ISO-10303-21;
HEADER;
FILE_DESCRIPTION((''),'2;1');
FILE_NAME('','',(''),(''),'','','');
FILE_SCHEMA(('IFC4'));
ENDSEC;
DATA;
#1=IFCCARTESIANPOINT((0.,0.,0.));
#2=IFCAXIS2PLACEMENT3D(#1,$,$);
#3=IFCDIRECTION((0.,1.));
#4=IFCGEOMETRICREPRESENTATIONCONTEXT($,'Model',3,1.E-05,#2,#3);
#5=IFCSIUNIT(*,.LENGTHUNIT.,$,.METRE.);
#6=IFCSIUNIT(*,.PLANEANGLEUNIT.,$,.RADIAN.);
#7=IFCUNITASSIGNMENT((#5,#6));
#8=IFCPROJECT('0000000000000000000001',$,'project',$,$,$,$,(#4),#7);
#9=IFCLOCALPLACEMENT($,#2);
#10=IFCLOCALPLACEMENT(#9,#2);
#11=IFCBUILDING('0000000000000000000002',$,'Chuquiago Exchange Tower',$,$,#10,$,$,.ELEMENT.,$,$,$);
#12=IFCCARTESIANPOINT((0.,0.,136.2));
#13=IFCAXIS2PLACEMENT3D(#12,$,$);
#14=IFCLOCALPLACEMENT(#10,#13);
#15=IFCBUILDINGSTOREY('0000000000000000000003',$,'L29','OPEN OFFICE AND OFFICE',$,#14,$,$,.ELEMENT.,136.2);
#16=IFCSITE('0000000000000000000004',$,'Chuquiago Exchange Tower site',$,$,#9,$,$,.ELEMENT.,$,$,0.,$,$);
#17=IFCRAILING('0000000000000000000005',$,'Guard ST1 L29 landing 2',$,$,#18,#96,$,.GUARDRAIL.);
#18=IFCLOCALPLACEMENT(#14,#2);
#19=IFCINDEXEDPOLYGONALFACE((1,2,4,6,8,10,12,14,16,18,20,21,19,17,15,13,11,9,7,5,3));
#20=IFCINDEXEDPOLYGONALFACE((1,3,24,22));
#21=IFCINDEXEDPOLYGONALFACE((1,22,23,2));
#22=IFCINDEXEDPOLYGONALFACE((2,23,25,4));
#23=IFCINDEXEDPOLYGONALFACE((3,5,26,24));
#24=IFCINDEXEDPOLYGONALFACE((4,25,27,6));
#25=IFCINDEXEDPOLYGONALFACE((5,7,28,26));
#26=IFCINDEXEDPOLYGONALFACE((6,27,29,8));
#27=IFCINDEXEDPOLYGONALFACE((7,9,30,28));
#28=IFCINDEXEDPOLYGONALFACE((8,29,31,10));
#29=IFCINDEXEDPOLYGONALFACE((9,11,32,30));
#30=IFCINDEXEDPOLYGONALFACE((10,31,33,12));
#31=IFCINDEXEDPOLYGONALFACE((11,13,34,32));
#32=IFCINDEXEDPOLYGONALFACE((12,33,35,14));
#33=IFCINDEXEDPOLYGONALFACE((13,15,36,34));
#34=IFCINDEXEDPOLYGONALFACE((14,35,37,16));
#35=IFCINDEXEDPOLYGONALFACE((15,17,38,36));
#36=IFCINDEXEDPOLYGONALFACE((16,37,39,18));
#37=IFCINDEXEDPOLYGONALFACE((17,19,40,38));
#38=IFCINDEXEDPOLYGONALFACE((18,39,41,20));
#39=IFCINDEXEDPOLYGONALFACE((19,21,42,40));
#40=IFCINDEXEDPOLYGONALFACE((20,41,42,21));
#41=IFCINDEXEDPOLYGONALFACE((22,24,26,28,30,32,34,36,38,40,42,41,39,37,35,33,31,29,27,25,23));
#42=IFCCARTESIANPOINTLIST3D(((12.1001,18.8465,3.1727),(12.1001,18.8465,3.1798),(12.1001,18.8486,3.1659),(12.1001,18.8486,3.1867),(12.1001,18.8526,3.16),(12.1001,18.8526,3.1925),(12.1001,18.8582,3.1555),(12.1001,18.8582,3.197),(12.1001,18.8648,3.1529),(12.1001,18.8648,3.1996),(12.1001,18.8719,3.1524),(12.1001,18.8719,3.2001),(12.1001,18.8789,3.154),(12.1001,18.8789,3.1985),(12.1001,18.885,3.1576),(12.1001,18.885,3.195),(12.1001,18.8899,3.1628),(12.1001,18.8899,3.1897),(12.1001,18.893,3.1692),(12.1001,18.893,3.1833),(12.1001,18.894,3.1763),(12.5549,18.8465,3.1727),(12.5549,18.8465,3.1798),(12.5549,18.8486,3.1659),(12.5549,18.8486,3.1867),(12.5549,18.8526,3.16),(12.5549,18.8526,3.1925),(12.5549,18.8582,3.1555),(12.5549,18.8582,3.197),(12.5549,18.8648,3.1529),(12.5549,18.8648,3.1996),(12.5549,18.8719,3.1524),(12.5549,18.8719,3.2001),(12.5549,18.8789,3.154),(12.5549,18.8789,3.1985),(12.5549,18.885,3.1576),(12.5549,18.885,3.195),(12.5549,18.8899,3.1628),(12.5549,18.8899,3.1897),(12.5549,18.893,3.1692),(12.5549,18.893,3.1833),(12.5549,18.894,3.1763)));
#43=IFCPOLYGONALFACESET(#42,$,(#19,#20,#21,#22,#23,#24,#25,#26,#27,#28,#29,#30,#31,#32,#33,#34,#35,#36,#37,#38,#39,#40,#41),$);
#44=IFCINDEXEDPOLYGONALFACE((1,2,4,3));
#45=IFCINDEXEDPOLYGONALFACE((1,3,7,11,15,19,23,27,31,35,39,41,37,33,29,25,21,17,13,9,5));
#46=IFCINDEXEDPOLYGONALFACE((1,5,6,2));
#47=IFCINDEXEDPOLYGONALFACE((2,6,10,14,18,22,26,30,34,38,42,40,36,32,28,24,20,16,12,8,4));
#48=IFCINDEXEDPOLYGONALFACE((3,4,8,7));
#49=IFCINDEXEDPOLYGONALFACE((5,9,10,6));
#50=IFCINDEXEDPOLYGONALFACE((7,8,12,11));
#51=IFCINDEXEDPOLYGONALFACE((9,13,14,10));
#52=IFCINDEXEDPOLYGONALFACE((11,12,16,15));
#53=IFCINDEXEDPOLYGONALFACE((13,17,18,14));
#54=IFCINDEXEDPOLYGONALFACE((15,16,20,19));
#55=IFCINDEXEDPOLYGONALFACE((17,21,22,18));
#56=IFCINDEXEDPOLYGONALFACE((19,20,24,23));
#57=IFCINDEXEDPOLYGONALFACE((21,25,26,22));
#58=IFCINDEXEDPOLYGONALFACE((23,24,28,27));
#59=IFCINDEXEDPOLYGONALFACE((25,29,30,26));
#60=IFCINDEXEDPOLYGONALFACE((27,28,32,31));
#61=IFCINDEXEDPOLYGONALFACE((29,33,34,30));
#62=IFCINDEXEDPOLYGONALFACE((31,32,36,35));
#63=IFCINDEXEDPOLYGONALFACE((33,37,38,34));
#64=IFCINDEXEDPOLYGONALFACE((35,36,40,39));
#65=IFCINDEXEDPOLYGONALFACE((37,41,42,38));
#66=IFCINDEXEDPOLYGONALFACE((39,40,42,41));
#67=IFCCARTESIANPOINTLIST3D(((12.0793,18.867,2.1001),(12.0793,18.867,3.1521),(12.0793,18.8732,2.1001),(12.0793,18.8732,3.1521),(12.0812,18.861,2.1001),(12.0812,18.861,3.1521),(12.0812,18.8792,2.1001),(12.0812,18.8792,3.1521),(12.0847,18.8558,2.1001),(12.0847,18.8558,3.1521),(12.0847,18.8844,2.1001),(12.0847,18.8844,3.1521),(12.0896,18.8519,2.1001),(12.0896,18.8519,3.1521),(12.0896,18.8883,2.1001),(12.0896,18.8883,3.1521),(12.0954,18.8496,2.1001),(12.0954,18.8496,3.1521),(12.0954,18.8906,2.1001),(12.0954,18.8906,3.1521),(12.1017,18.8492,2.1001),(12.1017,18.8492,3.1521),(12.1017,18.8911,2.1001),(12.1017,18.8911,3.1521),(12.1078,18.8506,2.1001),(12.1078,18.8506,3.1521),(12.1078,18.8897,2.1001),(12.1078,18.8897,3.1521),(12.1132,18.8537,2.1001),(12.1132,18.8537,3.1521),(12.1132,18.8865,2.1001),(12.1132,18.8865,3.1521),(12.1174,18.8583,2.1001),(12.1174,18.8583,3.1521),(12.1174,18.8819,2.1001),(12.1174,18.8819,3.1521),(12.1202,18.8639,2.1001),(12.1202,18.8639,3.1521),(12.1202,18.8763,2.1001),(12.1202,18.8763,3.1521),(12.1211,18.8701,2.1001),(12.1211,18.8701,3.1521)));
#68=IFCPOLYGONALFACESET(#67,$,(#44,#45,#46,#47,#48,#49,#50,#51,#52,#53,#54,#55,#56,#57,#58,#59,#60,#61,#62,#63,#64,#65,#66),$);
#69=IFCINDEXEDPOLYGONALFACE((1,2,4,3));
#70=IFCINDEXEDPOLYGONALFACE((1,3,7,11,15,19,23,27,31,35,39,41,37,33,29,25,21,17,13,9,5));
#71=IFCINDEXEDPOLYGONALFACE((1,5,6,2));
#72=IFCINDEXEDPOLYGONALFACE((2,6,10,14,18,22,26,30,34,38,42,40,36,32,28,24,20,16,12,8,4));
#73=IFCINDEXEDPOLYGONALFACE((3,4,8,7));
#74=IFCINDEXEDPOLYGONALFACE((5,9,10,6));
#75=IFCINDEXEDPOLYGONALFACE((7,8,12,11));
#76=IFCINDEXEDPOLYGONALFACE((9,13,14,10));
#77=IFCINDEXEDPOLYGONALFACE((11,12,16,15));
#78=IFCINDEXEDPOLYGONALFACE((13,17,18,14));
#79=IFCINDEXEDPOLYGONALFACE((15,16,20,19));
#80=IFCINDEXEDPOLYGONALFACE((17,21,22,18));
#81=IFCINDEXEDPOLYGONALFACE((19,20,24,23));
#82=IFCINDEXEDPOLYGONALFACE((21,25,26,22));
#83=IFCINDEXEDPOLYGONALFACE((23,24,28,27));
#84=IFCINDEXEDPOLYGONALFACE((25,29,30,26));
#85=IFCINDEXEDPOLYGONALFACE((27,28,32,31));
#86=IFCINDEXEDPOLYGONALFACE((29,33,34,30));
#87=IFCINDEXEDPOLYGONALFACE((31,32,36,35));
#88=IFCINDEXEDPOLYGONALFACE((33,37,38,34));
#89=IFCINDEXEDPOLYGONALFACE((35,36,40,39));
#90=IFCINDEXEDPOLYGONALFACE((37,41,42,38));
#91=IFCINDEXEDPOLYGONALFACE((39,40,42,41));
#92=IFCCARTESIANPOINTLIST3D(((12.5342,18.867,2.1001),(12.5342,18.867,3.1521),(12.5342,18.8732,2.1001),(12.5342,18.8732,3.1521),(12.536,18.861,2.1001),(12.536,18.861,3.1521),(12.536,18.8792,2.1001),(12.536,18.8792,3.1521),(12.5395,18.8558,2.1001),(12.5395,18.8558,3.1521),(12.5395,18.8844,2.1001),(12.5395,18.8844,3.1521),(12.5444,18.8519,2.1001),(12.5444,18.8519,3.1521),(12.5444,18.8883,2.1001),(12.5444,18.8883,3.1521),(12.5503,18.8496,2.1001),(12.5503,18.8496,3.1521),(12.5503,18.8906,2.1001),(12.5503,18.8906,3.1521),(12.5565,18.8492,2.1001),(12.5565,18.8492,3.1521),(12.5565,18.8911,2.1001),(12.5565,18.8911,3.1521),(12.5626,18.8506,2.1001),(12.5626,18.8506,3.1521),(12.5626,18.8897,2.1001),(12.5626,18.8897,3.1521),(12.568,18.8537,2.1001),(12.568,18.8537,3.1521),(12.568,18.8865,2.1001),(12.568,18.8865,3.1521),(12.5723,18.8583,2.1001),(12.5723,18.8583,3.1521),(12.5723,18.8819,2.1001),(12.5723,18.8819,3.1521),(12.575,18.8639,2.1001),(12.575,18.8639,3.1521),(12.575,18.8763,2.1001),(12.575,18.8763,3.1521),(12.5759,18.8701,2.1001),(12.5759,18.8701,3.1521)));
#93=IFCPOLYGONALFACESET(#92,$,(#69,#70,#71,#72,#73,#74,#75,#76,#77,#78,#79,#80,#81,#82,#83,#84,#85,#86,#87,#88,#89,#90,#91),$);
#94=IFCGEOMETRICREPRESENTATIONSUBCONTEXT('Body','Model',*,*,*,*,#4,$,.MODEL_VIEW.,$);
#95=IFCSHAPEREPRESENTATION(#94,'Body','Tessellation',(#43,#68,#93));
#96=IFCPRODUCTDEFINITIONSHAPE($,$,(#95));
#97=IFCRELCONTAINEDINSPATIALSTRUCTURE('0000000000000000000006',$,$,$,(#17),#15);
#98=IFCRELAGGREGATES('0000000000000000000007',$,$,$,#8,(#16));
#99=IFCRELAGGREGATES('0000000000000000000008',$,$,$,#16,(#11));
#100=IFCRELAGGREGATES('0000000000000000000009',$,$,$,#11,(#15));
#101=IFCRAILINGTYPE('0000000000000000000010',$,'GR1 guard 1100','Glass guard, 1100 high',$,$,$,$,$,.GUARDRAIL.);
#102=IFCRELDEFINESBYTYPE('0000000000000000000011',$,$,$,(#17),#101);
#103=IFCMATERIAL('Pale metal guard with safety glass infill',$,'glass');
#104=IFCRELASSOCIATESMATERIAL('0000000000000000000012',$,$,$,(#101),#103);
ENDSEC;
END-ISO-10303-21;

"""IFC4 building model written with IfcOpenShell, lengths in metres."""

from ifc_helpers import new_model, si_unit, direction, frame, origin, origin_2d, place, context, subcontext, project, spatial, circle, extrude, material, type_object, element, save


model = new_model("IFC4")

# Units and contexts
model_context = context("Model", 3, precision=1e-05, world=origin(), true_north=direction((0.0, 1.0)))
body_context = subcontext(model_context, "Body", "Model", "MODEL_VIEW")
ifc_project = project(units=[si_unit("LENGTHUNIT", "METRE"), si_unit("PLANEANGLEUNIT", "RADIAN")], contexts=[model_context])

# Site, building, storey
site_placement = place(None, origin())
site = spatial("IfcSite", under=ifc_project, at=site_placement, Name="Chuquiago Exchange Tower site", CompositionType="ELEMENT", RefElevation=0.0)
building_placement = place(site_placement, origin())
building = spatial("IfcBuilding", under=site, at=building_placement, Name="Chuquiago Exchange Tower", CompositionType="ELEMENT")
storey_placement = place(building_placement, frame((0.0, 0.0, 136.2)))
storey = spatial("IfcBuildingStorey", under=building, at=storey_placement, Name="L29", Description="OPEN OFFICE AND OFFICE", CompositionType="ELEMENT", Elevation=136.2)

# Railing
ifc_material_1 = material(Name="Pale metal guard with safety glass infill", Category="glass")
railing_type = type_object("IfcRailingType", Name="GR1 guard 1100", Description="Glass guard, 1100 high", PredefinedType="GUARDRAIL", material=ifc_material_1)
railing_placement = place(storey_placement, frame((12.1001, 18.8701, 2.1001)))
element("IfcRailing", 1, at=railing_placement, inside=storey, type_object=railing_type, Name="Guard ST1 L29 landing 2", PredefinedType="GUARDRAIL", context=body_context, shape_type="SweptSolid", body=[
    extrude(circle(Radius=0.0239, at=origin_2d()), frame((0.0, 0.0, 1.0762), z_axis=(1.0, 0.0, 0.0), x_axis=(0.0, 1.0, 0.0)), (0.0, 0.0, 1.0), 0.4548),
    extrude(circle(Radius=0.021, at=origin_2d()), origin(), (0.0, 0.0, 1.0), 1.052),
    extrude(circle(Radius=0.021, at=origin_2d()), frame((0.4548, 0.0, 0.0)), (0.0, 0.0, 1.0), 1.052),
])

save(model, "model.ifc")
